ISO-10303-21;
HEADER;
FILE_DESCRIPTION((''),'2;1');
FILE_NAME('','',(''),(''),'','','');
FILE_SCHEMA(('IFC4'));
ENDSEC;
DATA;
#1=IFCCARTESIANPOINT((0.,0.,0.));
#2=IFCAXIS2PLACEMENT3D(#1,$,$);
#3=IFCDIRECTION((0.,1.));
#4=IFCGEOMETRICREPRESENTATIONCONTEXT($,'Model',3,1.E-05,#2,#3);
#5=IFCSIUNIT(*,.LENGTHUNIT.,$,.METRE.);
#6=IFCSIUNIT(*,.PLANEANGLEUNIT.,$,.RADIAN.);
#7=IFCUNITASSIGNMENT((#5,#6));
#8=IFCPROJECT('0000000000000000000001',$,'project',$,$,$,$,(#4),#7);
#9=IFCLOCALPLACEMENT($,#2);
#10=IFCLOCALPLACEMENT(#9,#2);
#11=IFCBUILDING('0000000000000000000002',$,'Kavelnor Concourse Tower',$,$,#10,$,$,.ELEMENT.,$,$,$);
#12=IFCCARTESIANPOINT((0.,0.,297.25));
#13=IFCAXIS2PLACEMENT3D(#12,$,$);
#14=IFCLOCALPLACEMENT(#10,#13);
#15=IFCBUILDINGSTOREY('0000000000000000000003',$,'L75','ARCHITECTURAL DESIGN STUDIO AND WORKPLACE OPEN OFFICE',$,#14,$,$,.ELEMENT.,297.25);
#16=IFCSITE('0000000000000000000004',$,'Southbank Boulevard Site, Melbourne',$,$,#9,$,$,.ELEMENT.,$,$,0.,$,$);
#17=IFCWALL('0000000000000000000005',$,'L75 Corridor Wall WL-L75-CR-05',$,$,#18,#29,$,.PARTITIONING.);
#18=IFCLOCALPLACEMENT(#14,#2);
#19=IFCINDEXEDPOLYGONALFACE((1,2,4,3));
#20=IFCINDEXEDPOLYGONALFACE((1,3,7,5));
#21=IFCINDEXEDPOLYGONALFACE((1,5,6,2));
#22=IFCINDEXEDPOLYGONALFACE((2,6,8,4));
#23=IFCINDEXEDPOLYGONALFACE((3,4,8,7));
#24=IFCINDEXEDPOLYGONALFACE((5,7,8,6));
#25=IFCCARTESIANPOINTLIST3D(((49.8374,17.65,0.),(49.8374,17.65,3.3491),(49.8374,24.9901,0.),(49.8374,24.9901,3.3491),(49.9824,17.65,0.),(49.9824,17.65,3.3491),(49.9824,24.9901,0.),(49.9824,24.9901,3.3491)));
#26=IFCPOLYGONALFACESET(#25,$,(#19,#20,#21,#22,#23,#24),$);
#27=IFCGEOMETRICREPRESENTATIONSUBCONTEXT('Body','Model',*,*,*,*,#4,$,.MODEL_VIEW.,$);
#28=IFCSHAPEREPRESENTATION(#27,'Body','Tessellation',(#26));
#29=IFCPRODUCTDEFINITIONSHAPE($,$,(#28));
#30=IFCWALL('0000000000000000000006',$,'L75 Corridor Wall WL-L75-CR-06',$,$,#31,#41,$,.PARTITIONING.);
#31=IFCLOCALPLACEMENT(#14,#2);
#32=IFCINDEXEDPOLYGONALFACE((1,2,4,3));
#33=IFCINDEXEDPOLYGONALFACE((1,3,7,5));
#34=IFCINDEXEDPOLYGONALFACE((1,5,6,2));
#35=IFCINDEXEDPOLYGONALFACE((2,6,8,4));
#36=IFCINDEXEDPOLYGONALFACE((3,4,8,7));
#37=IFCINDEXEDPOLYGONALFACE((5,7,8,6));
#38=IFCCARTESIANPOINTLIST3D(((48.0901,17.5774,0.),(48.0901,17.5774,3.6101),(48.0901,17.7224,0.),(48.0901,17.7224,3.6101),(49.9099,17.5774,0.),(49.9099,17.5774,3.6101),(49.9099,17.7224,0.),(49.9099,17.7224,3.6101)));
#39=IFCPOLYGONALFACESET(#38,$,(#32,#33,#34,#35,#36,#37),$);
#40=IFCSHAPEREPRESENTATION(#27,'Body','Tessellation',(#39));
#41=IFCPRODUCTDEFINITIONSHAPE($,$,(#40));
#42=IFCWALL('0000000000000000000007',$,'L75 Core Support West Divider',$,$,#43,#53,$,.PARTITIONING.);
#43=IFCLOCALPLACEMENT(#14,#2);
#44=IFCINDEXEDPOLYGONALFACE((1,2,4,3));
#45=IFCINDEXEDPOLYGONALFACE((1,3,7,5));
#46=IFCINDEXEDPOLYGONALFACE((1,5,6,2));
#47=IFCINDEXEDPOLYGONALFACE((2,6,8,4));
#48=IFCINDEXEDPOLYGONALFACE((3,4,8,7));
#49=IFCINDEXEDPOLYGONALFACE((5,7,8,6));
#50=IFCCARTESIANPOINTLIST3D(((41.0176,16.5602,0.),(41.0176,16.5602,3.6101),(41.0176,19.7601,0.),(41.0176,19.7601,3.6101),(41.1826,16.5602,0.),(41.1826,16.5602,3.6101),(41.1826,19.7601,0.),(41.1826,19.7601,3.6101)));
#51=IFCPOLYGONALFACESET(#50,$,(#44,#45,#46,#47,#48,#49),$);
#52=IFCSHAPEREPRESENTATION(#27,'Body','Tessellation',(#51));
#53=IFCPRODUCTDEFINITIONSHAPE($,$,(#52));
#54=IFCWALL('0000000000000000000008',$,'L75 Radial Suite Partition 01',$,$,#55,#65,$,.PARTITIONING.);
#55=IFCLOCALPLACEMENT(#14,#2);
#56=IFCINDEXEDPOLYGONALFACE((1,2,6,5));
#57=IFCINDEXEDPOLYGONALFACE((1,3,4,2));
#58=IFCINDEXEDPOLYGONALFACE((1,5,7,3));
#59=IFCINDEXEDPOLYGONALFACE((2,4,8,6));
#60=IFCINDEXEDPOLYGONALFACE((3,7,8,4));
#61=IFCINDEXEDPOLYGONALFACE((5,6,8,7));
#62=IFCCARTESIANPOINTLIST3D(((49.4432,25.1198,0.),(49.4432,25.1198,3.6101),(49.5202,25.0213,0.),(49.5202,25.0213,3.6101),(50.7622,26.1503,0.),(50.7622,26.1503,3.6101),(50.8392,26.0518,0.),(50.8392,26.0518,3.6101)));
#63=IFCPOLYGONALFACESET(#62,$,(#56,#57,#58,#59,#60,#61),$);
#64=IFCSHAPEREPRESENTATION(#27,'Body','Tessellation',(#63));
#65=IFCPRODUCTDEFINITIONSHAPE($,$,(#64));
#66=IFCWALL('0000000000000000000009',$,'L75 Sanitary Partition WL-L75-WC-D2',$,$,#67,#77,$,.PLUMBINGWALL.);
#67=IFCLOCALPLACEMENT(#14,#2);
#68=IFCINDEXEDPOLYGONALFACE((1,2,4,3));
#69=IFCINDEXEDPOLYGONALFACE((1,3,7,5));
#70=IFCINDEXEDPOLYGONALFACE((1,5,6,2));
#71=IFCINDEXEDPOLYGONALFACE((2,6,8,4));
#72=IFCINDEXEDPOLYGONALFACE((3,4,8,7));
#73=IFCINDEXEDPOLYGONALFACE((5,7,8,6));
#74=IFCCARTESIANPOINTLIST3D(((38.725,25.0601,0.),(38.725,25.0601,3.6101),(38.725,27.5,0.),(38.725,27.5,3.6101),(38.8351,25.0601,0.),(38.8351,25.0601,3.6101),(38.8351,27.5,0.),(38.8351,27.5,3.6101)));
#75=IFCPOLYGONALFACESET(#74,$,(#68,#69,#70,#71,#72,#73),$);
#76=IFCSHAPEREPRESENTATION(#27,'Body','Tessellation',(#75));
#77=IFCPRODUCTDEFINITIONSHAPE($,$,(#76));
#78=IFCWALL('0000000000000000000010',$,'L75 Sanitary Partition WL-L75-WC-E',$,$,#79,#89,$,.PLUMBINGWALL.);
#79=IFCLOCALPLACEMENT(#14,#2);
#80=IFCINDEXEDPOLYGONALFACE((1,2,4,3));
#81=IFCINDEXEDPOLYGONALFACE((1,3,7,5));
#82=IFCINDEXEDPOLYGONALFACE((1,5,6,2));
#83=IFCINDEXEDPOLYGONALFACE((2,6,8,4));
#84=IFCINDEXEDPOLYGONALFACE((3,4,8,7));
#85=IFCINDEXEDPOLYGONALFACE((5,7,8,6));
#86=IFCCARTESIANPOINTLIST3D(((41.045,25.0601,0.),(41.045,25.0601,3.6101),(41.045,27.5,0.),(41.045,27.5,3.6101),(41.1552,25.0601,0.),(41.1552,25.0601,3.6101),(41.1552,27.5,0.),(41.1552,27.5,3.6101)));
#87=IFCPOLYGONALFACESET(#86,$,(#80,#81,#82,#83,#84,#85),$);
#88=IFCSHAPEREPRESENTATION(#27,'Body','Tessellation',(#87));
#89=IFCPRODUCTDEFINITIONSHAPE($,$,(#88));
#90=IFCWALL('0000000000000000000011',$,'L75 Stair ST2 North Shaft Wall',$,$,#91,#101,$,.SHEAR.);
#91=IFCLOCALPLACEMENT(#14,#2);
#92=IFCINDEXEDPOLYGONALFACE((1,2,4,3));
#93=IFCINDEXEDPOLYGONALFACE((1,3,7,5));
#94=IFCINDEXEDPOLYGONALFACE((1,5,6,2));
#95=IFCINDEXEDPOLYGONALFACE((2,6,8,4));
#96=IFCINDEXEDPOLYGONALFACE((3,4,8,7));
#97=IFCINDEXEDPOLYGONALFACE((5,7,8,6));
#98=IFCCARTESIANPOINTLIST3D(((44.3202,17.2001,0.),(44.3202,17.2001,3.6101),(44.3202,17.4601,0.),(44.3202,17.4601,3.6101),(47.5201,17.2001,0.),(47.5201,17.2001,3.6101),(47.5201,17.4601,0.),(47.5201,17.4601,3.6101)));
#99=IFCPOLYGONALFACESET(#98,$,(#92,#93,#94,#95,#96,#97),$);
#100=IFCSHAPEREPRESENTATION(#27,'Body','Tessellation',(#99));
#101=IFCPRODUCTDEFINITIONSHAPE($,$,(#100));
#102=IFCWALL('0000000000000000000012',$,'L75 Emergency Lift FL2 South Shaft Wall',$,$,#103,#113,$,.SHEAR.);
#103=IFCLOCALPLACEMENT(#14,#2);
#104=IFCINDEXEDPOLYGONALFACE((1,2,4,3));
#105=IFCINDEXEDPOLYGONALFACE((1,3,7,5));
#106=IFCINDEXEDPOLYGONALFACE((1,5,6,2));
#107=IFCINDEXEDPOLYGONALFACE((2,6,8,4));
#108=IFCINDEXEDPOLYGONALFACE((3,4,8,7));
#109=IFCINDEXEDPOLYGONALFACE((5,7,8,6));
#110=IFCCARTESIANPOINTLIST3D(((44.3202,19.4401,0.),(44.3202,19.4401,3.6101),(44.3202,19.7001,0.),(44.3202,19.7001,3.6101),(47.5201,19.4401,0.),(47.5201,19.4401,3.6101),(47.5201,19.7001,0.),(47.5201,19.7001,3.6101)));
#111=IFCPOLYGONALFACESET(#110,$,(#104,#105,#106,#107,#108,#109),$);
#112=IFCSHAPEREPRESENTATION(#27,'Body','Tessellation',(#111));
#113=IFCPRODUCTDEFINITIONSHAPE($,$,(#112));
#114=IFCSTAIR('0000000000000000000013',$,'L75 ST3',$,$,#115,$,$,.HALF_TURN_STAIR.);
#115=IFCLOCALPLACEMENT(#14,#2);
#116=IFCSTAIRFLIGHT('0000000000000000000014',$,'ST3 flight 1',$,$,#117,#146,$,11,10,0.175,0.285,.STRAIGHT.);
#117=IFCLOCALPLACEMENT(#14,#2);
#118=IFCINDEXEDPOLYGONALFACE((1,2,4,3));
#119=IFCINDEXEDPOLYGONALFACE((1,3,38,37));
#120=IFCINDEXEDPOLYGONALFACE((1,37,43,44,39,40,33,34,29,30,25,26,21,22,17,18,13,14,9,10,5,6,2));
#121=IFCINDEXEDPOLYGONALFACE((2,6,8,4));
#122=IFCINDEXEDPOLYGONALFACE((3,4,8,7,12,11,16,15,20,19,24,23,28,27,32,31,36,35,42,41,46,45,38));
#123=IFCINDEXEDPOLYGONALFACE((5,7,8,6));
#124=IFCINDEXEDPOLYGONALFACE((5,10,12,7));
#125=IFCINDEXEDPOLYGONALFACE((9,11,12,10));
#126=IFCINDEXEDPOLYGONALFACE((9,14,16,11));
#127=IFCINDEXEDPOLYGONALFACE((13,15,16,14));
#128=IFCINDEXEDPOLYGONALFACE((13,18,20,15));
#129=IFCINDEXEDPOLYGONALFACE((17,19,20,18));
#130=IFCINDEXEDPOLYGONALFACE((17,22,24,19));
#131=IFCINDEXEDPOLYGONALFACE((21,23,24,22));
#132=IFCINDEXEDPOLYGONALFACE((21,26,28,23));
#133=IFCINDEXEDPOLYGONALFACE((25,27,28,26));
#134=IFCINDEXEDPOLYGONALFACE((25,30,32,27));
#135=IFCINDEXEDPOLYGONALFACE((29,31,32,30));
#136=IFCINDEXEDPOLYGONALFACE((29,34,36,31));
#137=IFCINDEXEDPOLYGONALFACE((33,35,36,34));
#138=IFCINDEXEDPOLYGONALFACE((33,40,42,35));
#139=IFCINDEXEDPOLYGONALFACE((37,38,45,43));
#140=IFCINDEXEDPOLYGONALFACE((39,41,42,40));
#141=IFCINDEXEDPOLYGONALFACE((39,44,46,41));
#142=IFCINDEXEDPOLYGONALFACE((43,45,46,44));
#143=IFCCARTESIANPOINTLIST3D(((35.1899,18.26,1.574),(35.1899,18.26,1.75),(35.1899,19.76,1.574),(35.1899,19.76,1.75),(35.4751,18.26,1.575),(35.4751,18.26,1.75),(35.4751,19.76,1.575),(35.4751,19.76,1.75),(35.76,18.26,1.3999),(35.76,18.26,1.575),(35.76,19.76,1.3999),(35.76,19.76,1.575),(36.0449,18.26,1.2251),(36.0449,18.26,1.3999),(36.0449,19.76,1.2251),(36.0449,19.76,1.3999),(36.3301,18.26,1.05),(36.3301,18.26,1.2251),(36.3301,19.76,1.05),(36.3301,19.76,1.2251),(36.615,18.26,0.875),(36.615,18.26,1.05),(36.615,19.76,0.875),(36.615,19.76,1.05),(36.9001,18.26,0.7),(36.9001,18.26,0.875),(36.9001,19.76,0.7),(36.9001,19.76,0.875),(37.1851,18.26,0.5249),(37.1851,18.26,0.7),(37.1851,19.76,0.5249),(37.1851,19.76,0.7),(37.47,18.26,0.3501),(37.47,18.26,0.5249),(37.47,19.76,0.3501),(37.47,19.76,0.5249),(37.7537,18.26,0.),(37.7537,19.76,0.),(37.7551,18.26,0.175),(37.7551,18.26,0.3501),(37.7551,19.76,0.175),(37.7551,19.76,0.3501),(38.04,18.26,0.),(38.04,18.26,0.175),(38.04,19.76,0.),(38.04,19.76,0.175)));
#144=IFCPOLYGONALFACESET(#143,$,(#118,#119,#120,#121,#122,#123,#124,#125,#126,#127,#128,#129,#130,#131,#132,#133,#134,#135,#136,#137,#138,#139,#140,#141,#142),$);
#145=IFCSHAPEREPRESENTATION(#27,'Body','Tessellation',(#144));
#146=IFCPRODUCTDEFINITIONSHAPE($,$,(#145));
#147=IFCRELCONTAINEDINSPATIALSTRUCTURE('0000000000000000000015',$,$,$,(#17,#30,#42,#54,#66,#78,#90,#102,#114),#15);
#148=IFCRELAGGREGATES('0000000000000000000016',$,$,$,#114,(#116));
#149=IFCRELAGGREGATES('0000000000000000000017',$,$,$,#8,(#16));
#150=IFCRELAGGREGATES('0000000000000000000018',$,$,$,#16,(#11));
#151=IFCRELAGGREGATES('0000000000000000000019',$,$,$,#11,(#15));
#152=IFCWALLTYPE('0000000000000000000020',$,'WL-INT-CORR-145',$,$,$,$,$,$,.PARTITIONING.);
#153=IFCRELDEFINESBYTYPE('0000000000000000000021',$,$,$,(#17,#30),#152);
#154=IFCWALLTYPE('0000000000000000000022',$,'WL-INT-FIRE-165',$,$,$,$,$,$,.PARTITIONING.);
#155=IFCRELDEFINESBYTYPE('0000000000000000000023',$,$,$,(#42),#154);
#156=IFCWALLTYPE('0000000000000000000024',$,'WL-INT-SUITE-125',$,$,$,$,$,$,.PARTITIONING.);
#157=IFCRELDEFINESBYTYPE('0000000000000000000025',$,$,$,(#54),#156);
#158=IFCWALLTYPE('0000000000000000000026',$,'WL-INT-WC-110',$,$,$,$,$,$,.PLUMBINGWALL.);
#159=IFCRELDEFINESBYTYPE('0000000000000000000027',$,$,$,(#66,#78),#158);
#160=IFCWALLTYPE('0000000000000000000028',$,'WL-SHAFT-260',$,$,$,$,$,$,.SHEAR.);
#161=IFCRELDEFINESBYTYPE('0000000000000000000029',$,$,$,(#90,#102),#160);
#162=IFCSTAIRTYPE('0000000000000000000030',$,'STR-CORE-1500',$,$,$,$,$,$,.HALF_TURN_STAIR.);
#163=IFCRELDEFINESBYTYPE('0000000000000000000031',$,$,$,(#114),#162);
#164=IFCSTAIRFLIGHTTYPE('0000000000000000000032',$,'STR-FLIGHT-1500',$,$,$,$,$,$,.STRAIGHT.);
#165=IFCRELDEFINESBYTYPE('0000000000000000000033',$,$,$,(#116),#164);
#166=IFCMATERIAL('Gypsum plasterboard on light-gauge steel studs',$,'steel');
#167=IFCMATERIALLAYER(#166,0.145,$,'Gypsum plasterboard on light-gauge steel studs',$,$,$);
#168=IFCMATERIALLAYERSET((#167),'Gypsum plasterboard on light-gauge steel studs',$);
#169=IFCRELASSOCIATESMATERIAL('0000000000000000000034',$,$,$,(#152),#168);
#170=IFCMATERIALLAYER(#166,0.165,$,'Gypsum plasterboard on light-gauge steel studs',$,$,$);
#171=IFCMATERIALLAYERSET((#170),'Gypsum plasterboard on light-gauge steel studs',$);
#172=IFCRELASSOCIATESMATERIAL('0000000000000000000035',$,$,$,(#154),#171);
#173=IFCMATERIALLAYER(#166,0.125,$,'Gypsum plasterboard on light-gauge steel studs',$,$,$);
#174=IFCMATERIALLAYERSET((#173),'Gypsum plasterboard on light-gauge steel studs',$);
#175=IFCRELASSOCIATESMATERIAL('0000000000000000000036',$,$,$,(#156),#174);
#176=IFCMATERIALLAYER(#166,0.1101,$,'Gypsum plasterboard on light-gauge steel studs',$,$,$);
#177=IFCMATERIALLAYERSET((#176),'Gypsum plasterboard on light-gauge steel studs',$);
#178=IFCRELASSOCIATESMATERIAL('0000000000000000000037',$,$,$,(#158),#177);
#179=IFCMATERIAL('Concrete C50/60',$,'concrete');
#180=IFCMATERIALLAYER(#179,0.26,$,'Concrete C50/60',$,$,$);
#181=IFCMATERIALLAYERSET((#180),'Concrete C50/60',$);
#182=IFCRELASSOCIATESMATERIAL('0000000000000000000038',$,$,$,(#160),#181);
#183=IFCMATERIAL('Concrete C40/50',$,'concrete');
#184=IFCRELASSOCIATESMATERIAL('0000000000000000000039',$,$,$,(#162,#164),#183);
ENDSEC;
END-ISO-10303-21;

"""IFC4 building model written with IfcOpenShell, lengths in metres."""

from ifc_helpers import new_model, si_unit, direction, frame, frame_2d, origin, place, context, subcontext, project, spatial, polyline, rectangle, outline, extrude, material, layer, layer_set, type_object, element, aggregate, save


model = new_model("IFC4")

# Units and contexts
model_context = context("Model", 3, precision=1e-05, world=origin(), true_north=direction((0.0, 1.0)))
body_context = subcontext(model_context, "Body", "Model", "MODEL_VIEW")
ifc_project = project(units=[si_unit("LENGTHUNIT", "METRE"), si_unit("PLANEANGLEUNIT", "RADIAN")], contexts=[model_context])

# Site, building, storey
site_placement = place(None, origin())
site = spatial("IfcSite", under=ifc_project, at=site_placement, Name="Southbank Boulevard Site, Melbourne", CompositionType="ELEMENT", RefElevation=0.0)
building_placement = place(site_placement, origin())
building = spatial("IfcBuilding", under=site, at=building_placement, Name="Kavelnor Concourse Tower", CompositionType="ELEMENT")
storey_placement = place(building_placement, frame((0.0, 0.0, 297.25)))
storey = spatial("IfcBuildingStorey", under=building, at=storey_placement, Name="L75", Description="ARCHITECTURAL DESIGN STUDIO AND WORKPLACE OPEN OFFICE", CompositionType="ELEMENT", Elevation=297.25)

# Shared definitions
ifc_material_1 = material(Name="Gypsum plasterboard on light-gauge steel studs", Category="steel")
ifc_layer_1 = layer(ifc_material_1, 0.145, Name="Gypsum plasterboard on light-gauge steel studs")
ifc_layer_set_1 = layer_set([ifc_layer_1], Name="Gypsum plasterboard on light-gauge steel studs")
wall_type_1 = type_object("IfcWallType", Name="WL-INT-CORR-145", PredefinedType="PARTITIONING", material=ifc_layer_set_1)

# Walls
wall_1_placement = place(storey_placement, frame((49.9099, 24.99, 0.0), z_axis=(0.0, 0.0, 1.0), x_axis=(0.0, -1.0, 0.0)))
element("IfcWall", 1, at=wall_1_placement, inside=storey, type_object=wall_type_1, Name="L75 Corridor Wall WL-L75-CR-05", PredefinedType="PARTITIONING", context=body_context, shape_type="SweptSolid", body=[
    extrude(rectangle(XDim=7.3401, YDim=0.145, at=frame_2d((3.6699, 0.0))), origin(), (0.0, 0.0, 1.0), 3.3491),
])
wall_2_placement = place(storey_placement, frame((49.9099, 17.6499, 0.0), z_axis=(0.0, 0.0, 1.0), x_axis=(-1.0, 0.0, 0.0)))
element("IfcWall", 2, at=wall_2_placement, inside=storey, type_object=wall_type_1, Name="L75 Corridor Wall WL-L75-CR-06", PredefinedType="PARTITIONING", context=body_context, shape_type="SweptSolid", body=[
    extrude(rectangle(XDim=1.8198, YDim=0.145, at=frame_2d((0.9099, 0.0))), origin(), (0.0, 0.0, 1.0), 3.6101),
])
ifc_layer_2 = layer(ifc_material_1, 0.165, Name="Gypsum plasterboard on light-gauge steel studs")
ifc_layer_set_2 = layer_set([ifc_layer_2], Name="Gypsum plasterboard on light-gauge steel studs")
wall_type_2 = type_object("IfcWallType", Name="WL-INT-FIRE-165", PredefinedType="PARTITIONING", material=ifc_layer_set_2)
wall_3_placement = place(storey_placement, frame((41.1001, 16.5601, 0.0), z_axis=(0.0, 0.0, 1.0), x_axis=(0.0, 1.0, 0.0)))
element("IfcWall", 3, at=wall_3_placement, inside=storey, type_object=wall_type_2, Name="L75 Core Support West Divider", PredefinedType="PARTITIONING", context=body_context, shape_type="SweptSolid", body=[
    extrude(rectangle(XDim=3.2, YDim=0.165, at=frame_2d((1.6001, 0.0))), origin(), (0.0, 0.0, 1.0), 3.6101),
])
ifc_layer_3 = layer(ifc_material_1, 0.125, Name="Gypsum plasterboard on light-gauge steel studs")
ifc_layer_set_3 = layer_set([ifc_layer_3], Name="Gypsum plasterboard on light-gauge steel studs")
wall_type_3 = type_object("IfcWallType", Name="WL-INT-SUITE-125", PredefinedType="PARTITIONING", material=ifc_layer_set_3)
wall_4_placement = place(storey_placement, frame((49.4817, 25.0706, 0.0), z_axis=(0.0, 0.0, 1.0), x_axis=(0.788031, 0.615636, 0.0)))
element("IfcWall", 4, at=wall_4_placement, inside=storey, type_object=wall_type_3, Name="L75 Radial Suite Partition 01", PredefinedType="PARTITIONING", context=body_context, shape_type="SweptSolid", body=[
    extrude(rectangle(XDim=1.6738, YDim=0.125, at=frame_2d((0.8369, 0.0))), origin(), (0.0, 0.0, 1.0), 3.6101),
])
ifc_layer_4 = layer(ifc_material_1, 0.1101, Name="Gypsum plasterboard on light-gauge steel studs")
ifc_layer_set_4 = layer_set([ifc_layer_4], Name="Gypsum plasterboard on light-gauge steel studs")
wall_type_4 = type_object("IfcWallType", Name="WL-INT-WC-110", PredefinedType="PLUMBINGWALL", material=ifc_layer_set_4)
for number, where, z_axis, x_axis, name in (
    (5, (38.78, 25.0601, 0.0), (0.0, 0.0, 1.0), (0.0, 1.0, 0.0), "L75 Sanitary Partition WL-L75-WC-D2"),
    (6, (41.1001, 25.0601, 0.0), (0.0, 0.0, 1.0), (0.0, 1.0, 0.0), "L75 Sanitary Partition WL-L75-WC-E"),
):
    element("IfcWall", number, at=place(storey_placement, frame(where, z_axis=z_axis, x_axis=x_axis)), inside=storey, type_object=wall_type_4, Name=name, PredefinedType="PLUMBINGWALL", context=body_context, shape_type="SweptSolid", body=[
        extrude(rectangle(XDim=2.4399, YDim=0.1101, at=frame_2d((1.22, 0.0))), origin(), (0.0, 0.0, 1.0), 3.6101),
    ])
ifc_material_2 = material(Name="Concrete C50/60", Category="concrete")
ifc_layer_5 = layer(ifc_material_2, 0.26, Name="Concrete C50/60")
ifc_layer_set_5 = layer_set([ifc_layer_5], Name="Concrete C50/60")
wall_type_5 = type_object("IfcWallType", Name="WL-SHAFT-260", PredefinedType="SHEAR", material=ifc_layer_set_5)
for number, where, z_axis, x_axis, name in (
    (7, (44.3201, 17.3301, 0.0), (0.0, 0.0, 1.0), (1.0, 0.0, 0.0), "L75 Stair ST2 North Shaft Wall"),
    (8, (44.3201, 19.5701, 0.0), (0.0, 0.0, 1.0), (1.0, 0.0, 0.0), "L75 Emergency Lift FL2 South Shaft Wall"),
):
    element("IfcWall", number, at=place(storey_placement, frame(where, z_axis=z_axis, x_axis=x_axis)), inside=storey, type_object=wall_type_5, Name=name, PredefinedType="SHEAR", context=body_context, shape_type="SweptSolid", body=[
        extrude(rectangle(XDim=3.2, YDim=0.26, at=frame_2d((1.6001, 0.0))), origin(), (0.0, 0.0, 1.0), 3.6101),
    ])

# Stair, stair flight
ifc_material_3 = material(Name="Concrete C40/50", Category="concrete")
stair_type = type_object("IfcStairType", Name="STR-CORE-1500", PredefinedType="HALF_TURN_STAIR", material=ifc_material_3)
stair_placement = place(storey_placement, origin())
stair = element("IfcStair", 9, at=stair_placement, inside=storey, type_object=stair_type, Name="L75 ST3", PredefinedType="HALF_TURN_STAIR")
stair_flight_type = type_object("IfcStairFlightType", Name="STR-FLIGHT-1500", PredefinedType="STRAIGHT", material=ifc_material_3)
stair_flight_placement = place(storey_placement, frame((38.04, 19.01, 0.0), z_axis=(0.0, 0.0, 1.0), x_axis=(-1.0, 0.0, 0.0)))
stair_flight = element("IfcStairFlight", 10, at=stair_flight_placement, type_object=stair_flight_type, Name="ST3 flight 1", NumberOfRisers=11, NumberOfTreads=10, PredefinedType="STRAIGHT", RiserHeight=0.175, TreadLength=0.285, context=body_context, shape_type="SweptSolid", body=[
    extrude(outline(polyline([(0.0, 0.0), (0.0, 0.175), (0.2849, 0.175), (0.2849, 0.3501), (0.5701, 0.3501), (0.5701, 0.5249), (0.855, 0.5249), (0.855, 0.7), (1.1399, 0.7), (1.1399, 0.875), (1.425, 0.875), (1.425, 1.05), (1.71, 1.05), (1.71, 1.2251), (1.9951, 1.2251), (1.9951, 1.3999), (2.28, 1.3999), (2.28, 1.575), (2.5649, 1.575), (2.5649, 1.75), (2.8501, 1.75), (2.8501, 1.925), (2.8501, 1.574), (0.2864, 0.0), (0.0, 0.0)])), frame((0.0, 0.75, 0.0), z_axis=(0.0, -1.0, 0.0), x_axis=(1.0, 0.0, 0.0)), (0.0, 0.0, 1.0), 1.5),
])
aggregate(stair, [stair_flight])

save(model, "model.ifc")
